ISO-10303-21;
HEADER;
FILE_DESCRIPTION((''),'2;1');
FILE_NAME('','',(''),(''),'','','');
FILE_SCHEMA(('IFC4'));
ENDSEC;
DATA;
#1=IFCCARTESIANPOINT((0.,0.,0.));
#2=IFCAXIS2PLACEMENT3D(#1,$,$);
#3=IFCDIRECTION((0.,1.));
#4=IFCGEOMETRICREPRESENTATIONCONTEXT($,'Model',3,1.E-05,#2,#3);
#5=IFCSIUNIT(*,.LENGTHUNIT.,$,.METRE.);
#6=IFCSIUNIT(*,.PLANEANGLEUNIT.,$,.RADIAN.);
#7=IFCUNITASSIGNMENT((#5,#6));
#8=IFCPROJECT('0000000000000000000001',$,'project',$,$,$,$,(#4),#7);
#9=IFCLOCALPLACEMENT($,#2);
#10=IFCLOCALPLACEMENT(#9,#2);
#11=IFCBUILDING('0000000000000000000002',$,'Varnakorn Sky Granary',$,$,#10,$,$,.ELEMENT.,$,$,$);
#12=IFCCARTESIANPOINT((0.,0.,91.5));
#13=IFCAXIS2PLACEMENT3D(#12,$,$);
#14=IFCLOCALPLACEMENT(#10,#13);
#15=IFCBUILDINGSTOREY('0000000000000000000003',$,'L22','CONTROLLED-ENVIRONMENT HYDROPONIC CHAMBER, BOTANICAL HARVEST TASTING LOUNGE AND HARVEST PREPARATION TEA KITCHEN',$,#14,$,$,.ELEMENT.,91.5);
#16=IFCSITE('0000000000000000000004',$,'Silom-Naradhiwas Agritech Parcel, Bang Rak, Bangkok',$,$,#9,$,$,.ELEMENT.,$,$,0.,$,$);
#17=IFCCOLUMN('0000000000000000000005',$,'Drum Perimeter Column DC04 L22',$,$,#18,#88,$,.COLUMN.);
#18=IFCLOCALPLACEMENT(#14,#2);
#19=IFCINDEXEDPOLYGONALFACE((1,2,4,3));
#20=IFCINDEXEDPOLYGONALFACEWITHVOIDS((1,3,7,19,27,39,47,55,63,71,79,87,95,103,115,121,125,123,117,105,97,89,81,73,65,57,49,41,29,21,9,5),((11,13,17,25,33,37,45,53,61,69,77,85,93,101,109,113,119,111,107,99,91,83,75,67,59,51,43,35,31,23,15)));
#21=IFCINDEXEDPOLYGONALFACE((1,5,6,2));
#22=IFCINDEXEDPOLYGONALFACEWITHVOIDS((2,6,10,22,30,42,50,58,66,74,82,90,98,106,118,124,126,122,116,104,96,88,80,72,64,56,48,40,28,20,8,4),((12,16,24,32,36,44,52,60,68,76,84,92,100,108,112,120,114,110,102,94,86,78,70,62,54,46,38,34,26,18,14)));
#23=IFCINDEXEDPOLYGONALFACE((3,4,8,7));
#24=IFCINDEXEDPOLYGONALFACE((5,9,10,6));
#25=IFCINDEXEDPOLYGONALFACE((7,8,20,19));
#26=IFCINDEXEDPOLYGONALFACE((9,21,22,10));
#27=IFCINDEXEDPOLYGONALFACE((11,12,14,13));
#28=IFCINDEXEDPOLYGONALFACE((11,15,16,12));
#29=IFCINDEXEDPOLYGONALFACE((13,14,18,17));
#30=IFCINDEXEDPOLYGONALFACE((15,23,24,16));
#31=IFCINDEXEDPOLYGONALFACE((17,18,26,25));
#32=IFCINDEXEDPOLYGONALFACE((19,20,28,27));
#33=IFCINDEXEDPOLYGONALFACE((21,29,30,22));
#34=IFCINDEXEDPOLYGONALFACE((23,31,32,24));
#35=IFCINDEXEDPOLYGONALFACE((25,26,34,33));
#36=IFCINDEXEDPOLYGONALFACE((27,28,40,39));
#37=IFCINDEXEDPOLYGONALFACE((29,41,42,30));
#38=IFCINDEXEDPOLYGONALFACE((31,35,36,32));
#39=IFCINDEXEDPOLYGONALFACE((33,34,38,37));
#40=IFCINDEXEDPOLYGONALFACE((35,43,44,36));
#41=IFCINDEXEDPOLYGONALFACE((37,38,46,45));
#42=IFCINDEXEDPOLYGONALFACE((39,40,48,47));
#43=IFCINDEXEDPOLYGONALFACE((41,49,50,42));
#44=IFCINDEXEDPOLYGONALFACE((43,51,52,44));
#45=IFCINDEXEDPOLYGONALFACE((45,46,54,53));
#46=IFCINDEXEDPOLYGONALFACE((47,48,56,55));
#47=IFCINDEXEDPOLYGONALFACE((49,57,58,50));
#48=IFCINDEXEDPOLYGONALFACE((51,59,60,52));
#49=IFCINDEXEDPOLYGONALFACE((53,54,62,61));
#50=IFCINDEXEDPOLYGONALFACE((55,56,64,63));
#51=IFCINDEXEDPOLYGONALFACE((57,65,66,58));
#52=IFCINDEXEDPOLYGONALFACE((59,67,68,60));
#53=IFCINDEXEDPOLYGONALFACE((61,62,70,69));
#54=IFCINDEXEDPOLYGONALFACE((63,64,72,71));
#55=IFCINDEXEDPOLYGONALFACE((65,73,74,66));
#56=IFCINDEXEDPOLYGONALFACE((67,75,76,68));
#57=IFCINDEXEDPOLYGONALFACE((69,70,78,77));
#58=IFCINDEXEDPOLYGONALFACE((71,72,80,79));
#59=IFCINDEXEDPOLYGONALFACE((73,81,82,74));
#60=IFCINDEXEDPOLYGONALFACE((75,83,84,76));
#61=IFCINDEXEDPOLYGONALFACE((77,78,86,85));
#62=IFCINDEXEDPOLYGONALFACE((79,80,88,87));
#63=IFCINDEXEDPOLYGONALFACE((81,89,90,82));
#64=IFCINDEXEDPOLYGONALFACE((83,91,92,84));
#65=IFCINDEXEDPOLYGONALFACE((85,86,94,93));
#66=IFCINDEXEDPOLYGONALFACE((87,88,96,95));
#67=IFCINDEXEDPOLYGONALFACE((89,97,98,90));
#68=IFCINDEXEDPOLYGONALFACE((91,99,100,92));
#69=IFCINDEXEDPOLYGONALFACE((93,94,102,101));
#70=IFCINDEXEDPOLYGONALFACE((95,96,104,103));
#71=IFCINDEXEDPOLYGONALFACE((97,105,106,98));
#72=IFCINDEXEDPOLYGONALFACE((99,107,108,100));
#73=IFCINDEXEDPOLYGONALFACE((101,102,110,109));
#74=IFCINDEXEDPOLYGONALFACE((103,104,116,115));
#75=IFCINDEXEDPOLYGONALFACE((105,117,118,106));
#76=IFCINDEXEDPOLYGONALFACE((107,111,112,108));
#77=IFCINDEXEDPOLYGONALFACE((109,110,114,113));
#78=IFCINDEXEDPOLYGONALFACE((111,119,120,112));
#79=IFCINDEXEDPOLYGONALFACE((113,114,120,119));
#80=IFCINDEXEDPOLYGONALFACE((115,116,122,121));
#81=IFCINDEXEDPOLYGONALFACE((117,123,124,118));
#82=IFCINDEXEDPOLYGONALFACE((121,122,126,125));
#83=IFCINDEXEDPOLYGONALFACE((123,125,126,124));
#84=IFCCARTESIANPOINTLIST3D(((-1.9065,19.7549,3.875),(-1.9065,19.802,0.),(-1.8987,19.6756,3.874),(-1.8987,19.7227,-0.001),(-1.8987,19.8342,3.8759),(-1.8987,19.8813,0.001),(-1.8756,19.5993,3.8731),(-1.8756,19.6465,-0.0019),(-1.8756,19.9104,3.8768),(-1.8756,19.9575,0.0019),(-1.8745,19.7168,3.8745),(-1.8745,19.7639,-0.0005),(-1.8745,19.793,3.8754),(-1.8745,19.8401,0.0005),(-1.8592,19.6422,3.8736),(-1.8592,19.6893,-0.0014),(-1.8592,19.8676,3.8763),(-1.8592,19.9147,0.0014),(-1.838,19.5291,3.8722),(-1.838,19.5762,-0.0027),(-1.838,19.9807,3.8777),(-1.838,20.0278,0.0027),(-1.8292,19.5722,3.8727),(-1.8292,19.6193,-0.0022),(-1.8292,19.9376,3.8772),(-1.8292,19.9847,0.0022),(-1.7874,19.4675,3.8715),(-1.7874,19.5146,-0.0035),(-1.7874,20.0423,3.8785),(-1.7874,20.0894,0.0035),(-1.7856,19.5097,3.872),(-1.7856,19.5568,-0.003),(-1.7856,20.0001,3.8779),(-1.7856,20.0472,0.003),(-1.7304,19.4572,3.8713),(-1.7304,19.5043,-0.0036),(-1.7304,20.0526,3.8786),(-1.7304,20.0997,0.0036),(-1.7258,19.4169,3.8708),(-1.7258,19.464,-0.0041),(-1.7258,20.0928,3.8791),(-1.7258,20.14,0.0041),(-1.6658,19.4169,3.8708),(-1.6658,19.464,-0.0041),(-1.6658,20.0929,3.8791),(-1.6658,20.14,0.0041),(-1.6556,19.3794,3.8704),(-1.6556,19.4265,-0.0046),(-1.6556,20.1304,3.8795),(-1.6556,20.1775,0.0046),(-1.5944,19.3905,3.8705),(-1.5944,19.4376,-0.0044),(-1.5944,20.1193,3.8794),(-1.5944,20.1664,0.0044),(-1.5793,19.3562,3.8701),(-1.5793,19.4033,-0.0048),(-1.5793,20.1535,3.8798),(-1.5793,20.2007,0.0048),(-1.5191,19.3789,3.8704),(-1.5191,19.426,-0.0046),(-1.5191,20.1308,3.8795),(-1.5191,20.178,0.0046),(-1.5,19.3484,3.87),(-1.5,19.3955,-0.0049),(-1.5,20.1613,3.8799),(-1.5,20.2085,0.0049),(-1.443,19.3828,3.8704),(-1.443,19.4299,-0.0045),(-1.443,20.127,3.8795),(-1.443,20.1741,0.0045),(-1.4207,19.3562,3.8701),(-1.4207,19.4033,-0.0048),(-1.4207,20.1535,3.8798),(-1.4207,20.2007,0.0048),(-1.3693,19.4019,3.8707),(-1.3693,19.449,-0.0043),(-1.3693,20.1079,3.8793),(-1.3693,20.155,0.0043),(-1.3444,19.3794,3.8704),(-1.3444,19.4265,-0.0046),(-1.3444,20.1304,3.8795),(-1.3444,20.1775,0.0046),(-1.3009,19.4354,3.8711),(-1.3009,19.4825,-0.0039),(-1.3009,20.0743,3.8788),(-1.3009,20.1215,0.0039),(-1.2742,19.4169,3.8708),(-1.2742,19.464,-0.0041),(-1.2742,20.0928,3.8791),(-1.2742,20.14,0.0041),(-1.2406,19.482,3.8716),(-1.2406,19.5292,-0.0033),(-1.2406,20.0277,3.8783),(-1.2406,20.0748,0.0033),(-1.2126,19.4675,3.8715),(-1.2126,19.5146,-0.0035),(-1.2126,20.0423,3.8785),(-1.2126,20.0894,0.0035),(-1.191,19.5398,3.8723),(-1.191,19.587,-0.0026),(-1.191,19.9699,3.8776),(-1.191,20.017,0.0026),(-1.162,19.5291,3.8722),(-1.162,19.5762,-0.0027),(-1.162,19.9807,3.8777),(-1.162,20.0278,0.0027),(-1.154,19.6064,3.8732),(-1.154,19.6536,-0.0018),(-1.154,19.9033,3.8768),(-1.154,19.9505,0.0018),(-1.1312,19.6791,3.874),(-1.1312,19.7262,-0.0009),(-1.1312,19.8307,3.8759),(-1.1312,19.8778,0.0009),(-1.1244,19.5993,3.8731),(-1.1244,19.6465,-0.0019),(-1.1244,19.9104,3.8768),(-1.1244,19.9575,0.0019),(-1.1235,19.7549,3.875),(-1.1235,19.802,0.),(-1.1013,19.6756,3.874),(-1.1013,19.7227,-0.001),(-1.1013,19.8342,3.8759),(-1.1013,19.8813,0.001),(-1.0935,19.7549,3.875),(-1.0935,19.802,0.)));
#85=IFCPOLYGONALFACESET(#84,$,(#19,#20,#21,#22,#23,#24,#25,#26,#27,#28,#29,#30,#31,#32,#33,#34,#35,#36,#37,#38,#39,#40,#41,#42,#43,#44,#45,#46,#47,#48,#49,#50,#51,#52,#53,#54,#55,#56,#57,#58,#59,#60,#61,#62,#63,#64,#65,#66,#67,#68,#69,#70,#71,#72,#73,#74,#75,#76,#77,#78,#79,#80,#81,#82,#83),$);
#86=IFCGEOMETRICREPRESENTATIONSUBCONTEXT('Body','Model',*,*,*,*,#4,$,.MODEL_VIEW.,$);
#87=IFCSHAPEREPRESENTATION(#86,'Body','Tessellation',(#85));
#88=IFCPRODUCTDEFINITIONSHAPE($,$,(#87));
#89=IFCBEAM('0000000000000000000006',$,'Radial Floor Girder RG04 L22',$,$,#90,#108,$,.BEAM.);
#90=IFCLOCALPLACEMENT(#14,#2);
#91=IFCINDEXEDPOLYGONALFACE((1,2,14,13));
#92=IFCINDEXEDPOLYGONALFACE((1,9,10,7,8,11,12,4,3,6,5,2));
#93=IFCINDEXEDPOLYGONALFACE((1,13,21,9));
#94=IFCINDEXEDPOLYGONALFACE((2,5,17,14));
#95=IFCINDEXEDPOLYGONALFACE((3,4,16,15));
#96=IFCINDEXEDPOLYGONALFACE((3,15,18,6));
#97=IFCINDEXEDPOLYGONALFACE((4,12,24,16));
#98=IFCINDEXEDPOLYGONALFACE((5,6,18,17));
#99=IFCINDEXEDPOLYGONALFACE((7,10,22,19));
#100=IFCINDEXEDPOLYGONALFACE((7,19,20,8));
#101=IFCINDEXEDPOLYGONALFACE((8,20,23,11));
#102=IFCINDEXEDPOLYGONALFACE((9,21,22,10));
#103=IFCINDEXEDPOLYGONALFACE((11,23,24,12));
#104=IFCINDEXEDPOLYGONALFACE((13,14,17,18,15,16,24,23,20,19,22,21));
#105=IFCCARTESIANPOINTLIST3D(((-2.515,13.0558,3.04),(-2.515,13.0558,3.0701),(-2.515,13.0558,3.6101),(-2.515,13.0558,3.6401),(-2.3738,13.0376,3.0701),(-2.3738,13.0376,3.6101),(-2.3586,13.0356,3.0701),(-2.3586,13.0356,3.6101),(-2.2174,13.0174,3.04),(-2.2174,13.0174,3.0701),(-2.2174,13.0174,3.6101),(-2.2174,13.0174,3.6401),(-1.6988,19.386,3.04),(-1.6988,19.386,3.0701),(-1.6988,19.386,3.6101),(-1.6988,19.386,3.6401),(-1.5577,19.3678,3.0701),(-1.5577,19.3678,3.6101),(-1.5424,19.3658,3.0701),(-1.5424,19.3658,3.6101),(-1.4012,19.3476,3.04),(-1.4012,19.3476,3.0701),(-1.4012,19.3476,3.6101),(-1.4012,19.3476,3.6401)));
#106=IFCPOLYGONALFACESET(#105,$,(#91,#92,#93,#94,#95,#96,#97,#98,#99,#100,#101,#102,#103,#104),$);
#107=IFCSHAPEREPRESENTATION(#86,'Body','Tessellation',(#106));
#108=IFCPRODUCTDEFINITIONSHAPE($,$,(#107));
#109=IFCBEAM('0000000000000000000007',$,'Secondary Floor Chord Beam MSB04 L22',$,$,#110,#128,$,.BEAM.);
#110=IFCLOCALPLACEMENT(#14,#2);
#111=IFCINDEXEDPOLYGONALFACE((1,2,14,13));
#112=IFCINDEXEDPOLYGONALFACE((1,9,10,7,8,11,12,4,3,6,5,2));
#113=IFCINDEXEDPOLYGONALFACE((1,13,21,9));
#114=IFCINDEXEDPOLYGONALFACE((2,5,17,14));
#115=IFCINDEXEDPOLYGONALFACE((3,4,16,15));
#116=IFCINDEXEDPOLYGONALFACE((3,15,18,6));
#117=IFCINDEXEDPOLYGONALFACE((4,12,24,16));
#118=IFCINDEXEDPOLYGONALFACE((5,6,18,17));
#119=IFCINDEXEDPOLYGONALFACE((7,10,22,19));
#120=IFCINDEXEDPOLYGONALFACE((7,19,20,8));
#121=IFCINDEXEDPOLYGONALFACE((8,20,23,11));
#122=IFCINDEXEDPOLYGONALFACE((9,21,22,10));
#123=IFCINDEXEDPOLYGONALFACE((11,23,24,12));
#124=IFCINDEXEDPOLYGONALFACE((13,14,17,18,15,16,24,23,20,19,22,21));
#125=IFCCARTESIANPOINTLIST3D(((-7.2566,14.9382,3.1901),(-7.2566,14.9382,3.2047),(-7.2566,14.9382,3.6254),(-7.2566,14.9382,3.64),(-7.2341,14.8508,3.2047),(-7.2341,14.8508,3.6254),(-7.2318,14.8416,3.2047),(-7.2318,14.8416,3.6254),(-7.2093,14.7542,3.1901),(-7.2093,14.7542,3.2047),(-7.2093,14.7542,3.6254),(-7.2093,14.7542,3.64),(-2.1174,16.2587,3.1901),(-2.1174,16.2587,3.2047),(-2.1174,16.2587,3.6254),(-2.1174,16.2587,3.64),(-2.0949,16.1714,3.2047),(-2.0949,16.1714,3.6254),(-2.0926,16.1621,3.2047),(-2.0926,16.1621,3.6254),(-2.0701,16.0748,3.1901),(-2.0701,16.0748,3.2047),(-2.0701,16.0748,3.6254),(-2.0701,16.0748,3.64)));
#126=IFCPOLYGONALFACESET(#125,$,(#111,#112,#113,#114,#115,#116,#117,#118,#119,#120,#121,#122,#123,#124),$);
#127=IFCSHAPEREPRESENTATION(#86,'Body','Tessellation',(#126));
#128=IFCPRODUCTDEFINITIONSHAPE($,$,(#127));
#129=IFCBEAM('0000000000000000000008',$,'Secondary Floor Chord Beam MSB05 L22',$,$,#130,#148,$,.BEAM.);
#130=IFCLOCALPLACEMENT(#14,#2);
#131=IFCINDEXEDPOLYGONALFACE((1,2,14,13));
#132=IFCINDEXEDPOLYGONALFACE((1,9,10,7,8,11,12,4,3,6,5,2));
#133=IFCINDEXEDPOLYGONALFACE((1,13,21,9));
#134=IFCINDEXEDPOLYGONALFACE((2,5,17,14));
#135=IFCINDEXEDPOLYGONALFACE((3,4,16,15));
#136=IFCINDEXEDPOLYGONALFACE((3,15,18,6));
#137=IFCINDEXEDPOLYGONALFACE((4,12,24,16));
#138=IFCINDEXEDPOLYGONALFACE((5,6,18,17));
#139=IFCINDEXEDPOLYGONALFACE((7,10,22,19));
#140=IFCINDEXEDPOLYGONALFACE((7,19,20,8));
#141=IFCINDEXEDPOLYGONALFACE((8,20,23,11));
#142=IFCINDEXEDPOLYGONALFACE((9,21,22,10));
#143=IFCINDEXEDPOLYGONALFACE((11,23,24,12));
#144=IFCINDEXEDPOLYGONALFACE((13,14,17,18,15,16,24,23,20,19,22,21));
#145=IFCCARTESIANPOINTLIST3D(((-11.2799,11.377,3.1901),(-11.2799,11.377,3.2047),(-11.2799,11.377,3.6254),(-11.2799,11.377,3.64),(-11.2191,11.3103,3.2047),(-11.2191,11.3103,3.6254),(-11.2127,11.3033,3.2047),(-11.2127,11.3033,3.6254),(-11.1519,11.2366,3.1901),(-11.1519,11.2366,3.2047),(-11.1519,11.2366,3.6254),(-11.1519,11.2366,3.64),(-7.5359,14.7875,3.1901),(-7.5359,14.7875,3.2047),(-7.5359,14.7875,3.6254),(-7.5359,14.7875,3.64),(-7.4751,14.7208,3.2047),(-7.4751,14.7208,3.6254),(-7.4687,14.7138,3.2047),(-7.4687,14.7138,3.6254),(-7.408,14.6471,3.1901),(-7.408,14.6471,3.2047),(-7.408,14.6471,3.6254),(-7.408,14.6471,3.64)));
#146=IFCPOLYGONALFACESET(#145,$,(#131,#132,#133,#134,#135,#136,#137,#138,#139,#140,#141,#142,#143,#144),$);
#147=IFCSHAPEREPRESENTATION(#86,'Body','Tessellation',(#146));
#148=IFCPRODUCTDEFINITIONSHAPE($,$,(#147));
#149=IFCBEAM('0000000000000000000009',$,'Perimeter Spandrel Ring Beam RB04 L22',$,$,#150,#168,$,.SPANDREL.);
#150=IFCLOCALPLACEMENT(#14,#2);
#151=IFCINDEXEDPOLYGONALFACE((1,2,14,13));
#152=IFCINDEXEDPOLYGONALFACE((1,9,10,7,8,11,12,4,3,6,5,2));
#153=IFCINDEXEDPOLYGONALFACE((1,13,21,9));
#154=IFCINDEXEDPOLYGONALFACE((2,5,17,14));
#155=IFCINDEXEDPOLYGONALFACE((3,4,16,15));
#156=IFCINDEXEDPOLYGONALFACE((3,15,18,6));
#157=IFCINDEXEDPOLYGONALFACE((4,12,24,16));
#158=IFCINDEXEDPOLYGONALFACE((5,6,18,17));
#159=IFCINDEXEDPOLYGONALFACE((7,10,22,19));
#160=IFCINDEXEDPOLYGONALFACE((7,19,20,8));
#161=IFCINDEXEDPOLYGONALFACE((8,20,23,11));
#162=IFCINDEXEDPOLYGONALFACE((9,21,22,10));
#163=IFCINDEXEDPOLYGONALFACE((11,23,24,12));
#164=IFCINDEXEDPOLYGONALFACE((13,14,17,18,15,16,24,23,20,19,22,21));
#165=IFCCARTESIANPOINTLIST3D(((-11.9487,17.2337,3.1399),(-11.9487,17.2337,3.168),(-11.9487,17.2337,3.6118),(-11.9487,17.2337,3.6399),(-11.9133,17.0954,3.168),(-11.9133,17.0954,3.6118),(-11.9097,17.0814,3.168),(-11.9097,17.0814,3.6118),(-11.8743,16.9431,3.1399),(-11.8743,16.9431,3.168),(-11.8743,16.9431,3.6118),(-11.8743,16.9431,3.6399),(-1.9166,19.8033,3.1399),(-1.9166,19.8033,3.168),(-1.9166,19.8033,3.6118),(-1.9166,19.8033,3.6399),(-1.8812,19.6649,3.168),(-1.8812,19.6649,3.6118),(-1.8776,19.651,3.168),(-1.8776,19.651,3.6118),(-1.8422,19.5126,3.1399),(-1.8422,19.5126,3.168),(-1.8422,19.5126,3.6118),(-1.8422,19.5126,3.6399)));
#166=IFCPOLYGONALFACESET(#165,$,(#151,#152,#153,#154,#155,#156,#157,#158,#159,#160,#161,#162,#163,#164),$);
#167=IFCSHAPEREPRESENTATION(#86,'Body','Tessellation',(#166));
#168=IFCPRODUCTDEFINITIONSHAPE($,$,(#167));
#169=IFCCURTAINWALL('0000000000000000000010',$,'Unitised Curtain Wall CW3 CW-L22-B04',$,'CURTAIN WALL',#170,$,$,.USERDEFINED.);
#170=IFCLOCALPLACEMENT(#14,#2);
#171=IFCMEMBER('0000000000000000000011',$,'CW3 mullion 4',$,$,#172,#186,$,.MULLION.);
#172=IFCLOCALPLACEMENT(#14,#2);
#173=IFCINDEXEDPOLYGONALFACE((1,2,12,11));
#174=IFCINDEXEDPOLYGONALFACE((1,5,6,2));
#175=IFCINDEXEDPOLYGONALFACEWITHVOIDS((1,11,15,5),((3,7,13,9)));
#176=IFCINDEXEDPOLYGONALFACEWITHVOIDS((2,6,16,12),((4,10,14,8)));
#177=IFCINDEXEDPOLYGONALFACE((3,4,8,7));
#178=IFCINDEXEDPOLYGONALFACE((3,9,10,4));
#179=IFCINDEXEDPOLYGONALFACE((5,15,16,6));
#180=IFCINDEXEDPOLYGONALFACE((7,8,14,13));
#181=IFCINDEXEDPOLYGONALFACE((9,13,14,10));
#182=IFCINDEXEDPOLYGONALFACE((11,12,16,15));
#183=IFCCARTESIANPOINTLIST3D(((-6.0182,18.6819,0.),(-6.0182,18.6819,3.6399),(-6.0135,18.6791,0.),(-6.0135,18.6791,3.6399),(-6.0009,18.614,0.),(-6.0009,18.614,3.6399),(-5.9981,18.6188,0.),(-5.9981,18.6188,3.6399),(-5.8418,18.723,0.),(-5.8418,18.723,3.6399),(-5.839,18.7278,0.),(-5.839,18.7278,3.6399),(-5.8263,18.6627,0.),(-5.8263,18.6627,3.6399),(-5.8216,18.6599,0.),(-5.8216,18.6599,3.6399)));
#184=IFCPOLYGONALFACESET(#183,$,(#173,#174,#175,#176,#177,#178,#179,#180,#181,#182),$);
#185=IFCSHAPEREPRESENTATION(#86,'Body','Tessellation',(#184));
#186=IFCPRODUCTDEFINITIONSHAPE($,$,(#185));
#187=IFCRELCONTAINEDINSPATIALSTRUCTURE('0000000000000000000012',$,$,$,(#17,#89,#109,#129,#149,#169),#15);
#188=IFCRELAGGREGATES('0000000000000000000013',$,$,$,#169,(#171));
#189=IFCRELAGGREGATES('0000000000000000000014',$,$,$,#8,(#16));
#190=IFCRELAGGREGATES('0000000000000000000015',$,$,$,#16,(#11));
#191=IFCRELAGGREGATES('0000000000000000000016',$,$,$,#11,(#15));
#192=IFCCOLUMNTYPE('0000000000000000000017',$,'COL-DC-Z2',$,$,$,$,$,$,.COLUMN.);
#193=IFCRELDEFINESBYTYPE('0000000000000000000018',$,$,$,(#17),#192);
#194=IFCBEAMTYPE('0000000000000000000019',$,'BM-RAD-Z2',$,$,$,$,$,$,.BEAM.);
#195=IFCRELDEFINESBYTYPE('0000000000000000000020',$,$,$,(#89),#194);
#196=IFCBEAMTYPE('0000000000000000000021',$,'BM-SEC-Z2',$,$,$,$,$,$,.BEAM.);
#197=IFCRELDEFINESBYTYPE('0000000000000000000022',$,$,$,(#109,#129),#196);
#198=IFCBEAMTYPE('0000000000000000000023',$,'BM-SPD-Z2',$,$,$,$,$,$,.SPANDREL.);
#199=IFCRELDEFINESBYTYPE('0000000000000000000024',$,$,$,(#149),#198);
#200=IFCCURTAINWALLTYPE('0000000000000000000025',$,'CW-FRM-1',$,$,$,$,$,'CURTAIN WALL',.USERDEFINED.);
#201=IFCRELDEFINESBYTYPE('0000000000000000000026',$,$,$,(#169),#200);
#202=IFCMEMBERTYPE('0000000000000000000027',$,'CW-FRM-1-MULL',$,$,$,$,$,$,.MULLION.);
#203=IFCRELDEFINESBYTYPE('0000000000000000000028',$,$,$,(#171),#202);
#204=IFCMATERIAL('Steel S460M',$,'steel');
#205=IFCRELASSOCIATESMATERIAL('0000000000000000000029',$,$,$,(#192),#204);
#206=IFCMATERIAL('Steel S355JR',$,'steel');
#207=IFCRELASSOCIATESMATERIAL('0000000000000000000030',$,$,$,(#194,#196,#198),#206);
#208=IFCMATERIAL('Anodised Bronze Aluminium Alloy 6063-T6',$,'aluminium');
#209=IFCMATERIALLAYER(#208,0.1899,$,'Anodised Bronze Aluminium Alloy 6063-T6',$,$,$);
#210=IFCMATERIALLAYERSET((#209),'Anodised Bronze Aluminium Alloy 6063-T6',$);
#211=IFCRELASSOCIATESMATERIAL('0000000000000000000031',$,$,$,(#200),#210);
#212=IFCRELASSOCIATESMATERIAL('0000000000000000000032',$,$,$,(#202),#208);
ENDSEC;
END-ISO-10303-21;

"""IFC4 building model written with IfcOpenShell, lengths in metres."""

from ifc_helpers import new_model, si_unit, direction, frame, origin, origin_2d, place, context, subcontext, project, spatial, hollow_rectangle, hollow_circle, i_section, extrude, material, layer, layer_set, material_profile, profile_set, type_object, element, aggregate, save


model = new_model("IFC4")

# Units and contexts
model_context = context("Model", 3, precision=1e-05, world=origin(), true_north=direction((0.0, 1.0)))
body_context = subcontext(model_context, "Body", "Model", "MODEL_VIEW")
ifc_project = project(units=[si_unit("LENGTHUNIT", "METRE"), si_unit("PLANEANGLEUNIT", "RADIAN")], contexts=[model_context])

# Site, building, storey
site_placement = place(None, origin())
site = spatial("IfcSite", under=ifc_project, at=site_placement, Name="Silom-Naradhiwas Agritech Parcel, Bang Rak, Bangkok", CompositionType="ELEMENT", RefElevation=0.0)
building_placement = place(site_placement, origin())
building = spatial("IfcBuilding", under=site, at=building_placement, Name="Varnakorn Sky Granary", CompositionType="ELEMENT")
storey_placement = place(building_placement, frame((0.0, 0.0, 91.5)))
storey = spatial("IfcBuildingStorey", under=building, at=storey_placement, Name="L22", Description="CONTROLLED-ENVIRONMENT HYDROPONIC CHAMBER, BOTANICAL HARVEST TASTING LOUNGE AND HARVEST PREPARATION TEA KITCHEN", CompositionType="ELEMENT", Elevation=91.5)

# Column
ifc_material_1 = material(Name="Steel S460M", Category="steel")
ifc_material_profile_1 = material_profile(ifc_material_1, hollow_circle(Radius=0.4065, WallThickness=0.03, at=origin_2d()), Name="CHS 813x30")
ifc_profile_set_1 = profile_set([ifc_material_profile_1], Name="Steel S460M")
column_type = type_object("IfcColumnType", Name="COL-DC-Z2", PredefinedType="COLUMN", material=ifc_profile_set_1)
column_placement = place(storey_placement, frame((-1.5, 19.802, 0.0), z_axis=(0.0, -0.012159, 0.999926), x_axis=(1.0, 0.0, 0.0)))
element("IfcColumn", 1, at=column_placement, inside=storey, type_object=column_type, Name="Drum Perimeter Column DC04 L22", PredefinedType="COLUMN", context=body_context, shape_type="SweptSolid", body=[
    extrude(hollow_circle(Radius=0.4065, WallThickness=0.03, at=origin_2d()), origin(), (0.0, 0.0, 1.0), 3.8752),
])

# Beams
ifc_material_2 = material(Name="Steel S355JR", Category="steel")
ifc_material_profile_2 = material_profile(ifc_material_2, i_section(OverallWidth=0.3, OverallDepth=0.6001, WebThickness=0.0154, FlangeThickness=0.03, at=origin_2d()), Name="HE 600 B")
ifc_profile_set_2 = profile_set([ifc_material_profile_2], Name="Steel S355JR")
beam_type_1 = type_object("IfcBeamType", Name="BM-RAD-Z2", PredefinedType="BEAM", material=ifc_profile_set_2)
beam_1_placement = place(storey_placement, frame((-2.3662, 13.0366, 3.3401), z_axis=(0.127875, 0.99179, 0.0), x_axis=(-0.99179, 0.127875, 0.0)))
element("IfcBeam", 2, at=beam_1_placement, inside=storey, type_object=beam_type_1, Name="Radial Floor Girder RG04 L22", PredefinedType="BEAM", context=body_context, shape_type="SweptSolid", body=[
    extrude(i_section(OverallWidth=0.3, OverallDepth=0.6001, WebThickness=0.0154, FlangeThickness=0.03, at=origin_2d()), origin(), (0.0, 0.0, 1.0), 6.3826),
])
ifc_material_profile_3 = material_profile(ifc_material_2, i_section(OverallWidth=0.1899, OverallDepth=0.45, WebThickness=0.0095, FlangeThickness=0.0146, at=origin_2d()), Name="IPE 450")
ifc_profile_set_3 = profile_set([ifc_material_profile_3], Name="Steel S355JR")
beam_type_2 = type_object("IfcBeamType", Name="BM-SEC-Z2", PredefinedType="BEAM", material=ifc_profile_set_3)
beam_2_placement = place(storey_placement, frame((-2.0938, 16.1667, 3.415), z_axis=(-0.968536, -0.248875, 0.0), x_axis=(0.248875, -0.968536, 0.0)))
element("IfcBeam", 3, at=beam_2_placement, inside=storey, type_object=beam_type_2, Name="Secondary Floor Chord Beam MSB04 L22", PredefinedType="BEAM", context=body_context, shape_type="SweptSolid", body=[
    extrude(i_section(OverallWidth=0.1899, OverallDepth=0.45, WebThickness=0.0095, FlangeThickness=0.0146, at=origin_2d()), origin(), (0.0, 0.0, 1.0), 5.3062),
])
beam_3_placement = place(storey_placement, frame((-7.4719, 14.7173, 3.415), z_axis=(-0.739266, -0.673414, 0.0), x_axis=(0.673414, -0.739266, 0.0)))
element("IfcBeam", 4, at=beam_3_placement, inside=storey, type_object=beam_type_2, Name="Secondary Floor Chord Beam MSB05 L22", PredefinedType="BEAM", context=body_context, shape_type="SweptSolid", body=[
    extrude(i_section(OverallWidth=0.1899, OverallDepth=0.45, WebThickness=0.0095, FlangeThickness=0.0146, at=origin_2d()), origin(), (0.0, 0.0, 1.0), 5.0645),
])
ifc_material_profile_4 = material_profile(ifc_material_2, i_section(OverallWidth=0.3, OverallDepth=0.5, WebThickness=0.0144, FlangeThickness=0.0281, at=origin_2d()), Name="HE 500 B")
ifc_profile_set_4 = profile_set([ifc_material_profile_4], Name="Steel S355JR")
beam_type_3 = type_object("IfcBeamType", Name="BM-SPD-Z2", PredefinedType="SPANDREL", material=ifc_profile_set_4)
beam_4_placement = place(storey_placement, frame((-1.8794, 19.658, 3.3899), z_axis=(-0.968729, -0.248123, 0.0), x_axis=(0.248123, -0.968729, 0.0)))
element("IfcBeam", 5, at=beam_4_placement, inside=storey, type_object=beam_type_3, Name="Perimeter Spandrel Ring Beam RB04 L22", PredefinedType="SPANDREL", context=body_context, shape_type="SweptSolid", body=[
    extrude(i_section(OverallWidth=0.3, OverallDepth=0.5, WebThickness=0.0144, FlangeThickness=0.0281, at=origin_2d()), origin(), (0.0, 0.0, 1.0), 10.356),
])

# Curtain wall, member
ifc_material_3 = material(Name="Anodised Bronze Aluminium Alloy 6063-T6", Category="aluminium")
ifc_layer_1 = layer(ifc_material_3, 0.1899, Name="Anodised Bronze Aluminium Alloy 6063-T6")
ifc_layer_set_1 = layer_set([ifc_layer_1], Name="Anodised Bronze Aluminium Alloy 6063-T6")
curtain_wall_type = type_object("IfcCurtainWallType", Name="CW-FRM-1", ElementType="CURTAIN WALL", PredefinedType="USERDEFINED", material=ifc_layer_set_1)
curtain_wall_placement = place(storey_placement, origin())
curtain_wall = element("IfcCurtainWall", 6, at=curtain_wall_placement, inside=storey, type_object=curtain_wall_type, Name="Unitised Curtain Wall CW3 CW-L22-B04", ObjectType="CURTAIN WALL", PredefinedType="USERDEFINED")
ifc_material_profile_5 = material_profile(ifc_material_3, hollow_rectangle(XDim=0.0701, YDim=0.1851, WallThickness=0.0039, at=origin_2d()), Name="ALU MULL 70x185")
ifc_profile_set_5 = profile_set([ifc_material_profile_5], Name="Anodised Bronze Aluminium Alloy 6063-T6")
member_type_1 = type_object("IfcMemberType", Name="CW-FRM-1-MULL", PredefinedType="MULLION", material=ifc_profile_set_5)
member_1_placement = place(storey_placement, frame((-5.9199, 18.6709, 0.0), z_axis=(0.0, 0.0, 1.0), x_axis=(-0.247904, 0.968785, 0.0)))
member_1 = element("IfcMember", 7, at=member_1_placement, type_object=member_type_1, Name="CW3 mullion 4", PredefinedType="MULLION", context=body_context, shape_type="SweptSolid", body=[
    extrude(hollow_rectangle(XDim=0.0701, YDim=0.1851, WallThickness=0.0039, at=origin_2d()), origin(), (0.0, 0.0, 1.0), 3.6399),
])
aggregate(curtain_wall, [member_1])

save(model, "model.ifc")
